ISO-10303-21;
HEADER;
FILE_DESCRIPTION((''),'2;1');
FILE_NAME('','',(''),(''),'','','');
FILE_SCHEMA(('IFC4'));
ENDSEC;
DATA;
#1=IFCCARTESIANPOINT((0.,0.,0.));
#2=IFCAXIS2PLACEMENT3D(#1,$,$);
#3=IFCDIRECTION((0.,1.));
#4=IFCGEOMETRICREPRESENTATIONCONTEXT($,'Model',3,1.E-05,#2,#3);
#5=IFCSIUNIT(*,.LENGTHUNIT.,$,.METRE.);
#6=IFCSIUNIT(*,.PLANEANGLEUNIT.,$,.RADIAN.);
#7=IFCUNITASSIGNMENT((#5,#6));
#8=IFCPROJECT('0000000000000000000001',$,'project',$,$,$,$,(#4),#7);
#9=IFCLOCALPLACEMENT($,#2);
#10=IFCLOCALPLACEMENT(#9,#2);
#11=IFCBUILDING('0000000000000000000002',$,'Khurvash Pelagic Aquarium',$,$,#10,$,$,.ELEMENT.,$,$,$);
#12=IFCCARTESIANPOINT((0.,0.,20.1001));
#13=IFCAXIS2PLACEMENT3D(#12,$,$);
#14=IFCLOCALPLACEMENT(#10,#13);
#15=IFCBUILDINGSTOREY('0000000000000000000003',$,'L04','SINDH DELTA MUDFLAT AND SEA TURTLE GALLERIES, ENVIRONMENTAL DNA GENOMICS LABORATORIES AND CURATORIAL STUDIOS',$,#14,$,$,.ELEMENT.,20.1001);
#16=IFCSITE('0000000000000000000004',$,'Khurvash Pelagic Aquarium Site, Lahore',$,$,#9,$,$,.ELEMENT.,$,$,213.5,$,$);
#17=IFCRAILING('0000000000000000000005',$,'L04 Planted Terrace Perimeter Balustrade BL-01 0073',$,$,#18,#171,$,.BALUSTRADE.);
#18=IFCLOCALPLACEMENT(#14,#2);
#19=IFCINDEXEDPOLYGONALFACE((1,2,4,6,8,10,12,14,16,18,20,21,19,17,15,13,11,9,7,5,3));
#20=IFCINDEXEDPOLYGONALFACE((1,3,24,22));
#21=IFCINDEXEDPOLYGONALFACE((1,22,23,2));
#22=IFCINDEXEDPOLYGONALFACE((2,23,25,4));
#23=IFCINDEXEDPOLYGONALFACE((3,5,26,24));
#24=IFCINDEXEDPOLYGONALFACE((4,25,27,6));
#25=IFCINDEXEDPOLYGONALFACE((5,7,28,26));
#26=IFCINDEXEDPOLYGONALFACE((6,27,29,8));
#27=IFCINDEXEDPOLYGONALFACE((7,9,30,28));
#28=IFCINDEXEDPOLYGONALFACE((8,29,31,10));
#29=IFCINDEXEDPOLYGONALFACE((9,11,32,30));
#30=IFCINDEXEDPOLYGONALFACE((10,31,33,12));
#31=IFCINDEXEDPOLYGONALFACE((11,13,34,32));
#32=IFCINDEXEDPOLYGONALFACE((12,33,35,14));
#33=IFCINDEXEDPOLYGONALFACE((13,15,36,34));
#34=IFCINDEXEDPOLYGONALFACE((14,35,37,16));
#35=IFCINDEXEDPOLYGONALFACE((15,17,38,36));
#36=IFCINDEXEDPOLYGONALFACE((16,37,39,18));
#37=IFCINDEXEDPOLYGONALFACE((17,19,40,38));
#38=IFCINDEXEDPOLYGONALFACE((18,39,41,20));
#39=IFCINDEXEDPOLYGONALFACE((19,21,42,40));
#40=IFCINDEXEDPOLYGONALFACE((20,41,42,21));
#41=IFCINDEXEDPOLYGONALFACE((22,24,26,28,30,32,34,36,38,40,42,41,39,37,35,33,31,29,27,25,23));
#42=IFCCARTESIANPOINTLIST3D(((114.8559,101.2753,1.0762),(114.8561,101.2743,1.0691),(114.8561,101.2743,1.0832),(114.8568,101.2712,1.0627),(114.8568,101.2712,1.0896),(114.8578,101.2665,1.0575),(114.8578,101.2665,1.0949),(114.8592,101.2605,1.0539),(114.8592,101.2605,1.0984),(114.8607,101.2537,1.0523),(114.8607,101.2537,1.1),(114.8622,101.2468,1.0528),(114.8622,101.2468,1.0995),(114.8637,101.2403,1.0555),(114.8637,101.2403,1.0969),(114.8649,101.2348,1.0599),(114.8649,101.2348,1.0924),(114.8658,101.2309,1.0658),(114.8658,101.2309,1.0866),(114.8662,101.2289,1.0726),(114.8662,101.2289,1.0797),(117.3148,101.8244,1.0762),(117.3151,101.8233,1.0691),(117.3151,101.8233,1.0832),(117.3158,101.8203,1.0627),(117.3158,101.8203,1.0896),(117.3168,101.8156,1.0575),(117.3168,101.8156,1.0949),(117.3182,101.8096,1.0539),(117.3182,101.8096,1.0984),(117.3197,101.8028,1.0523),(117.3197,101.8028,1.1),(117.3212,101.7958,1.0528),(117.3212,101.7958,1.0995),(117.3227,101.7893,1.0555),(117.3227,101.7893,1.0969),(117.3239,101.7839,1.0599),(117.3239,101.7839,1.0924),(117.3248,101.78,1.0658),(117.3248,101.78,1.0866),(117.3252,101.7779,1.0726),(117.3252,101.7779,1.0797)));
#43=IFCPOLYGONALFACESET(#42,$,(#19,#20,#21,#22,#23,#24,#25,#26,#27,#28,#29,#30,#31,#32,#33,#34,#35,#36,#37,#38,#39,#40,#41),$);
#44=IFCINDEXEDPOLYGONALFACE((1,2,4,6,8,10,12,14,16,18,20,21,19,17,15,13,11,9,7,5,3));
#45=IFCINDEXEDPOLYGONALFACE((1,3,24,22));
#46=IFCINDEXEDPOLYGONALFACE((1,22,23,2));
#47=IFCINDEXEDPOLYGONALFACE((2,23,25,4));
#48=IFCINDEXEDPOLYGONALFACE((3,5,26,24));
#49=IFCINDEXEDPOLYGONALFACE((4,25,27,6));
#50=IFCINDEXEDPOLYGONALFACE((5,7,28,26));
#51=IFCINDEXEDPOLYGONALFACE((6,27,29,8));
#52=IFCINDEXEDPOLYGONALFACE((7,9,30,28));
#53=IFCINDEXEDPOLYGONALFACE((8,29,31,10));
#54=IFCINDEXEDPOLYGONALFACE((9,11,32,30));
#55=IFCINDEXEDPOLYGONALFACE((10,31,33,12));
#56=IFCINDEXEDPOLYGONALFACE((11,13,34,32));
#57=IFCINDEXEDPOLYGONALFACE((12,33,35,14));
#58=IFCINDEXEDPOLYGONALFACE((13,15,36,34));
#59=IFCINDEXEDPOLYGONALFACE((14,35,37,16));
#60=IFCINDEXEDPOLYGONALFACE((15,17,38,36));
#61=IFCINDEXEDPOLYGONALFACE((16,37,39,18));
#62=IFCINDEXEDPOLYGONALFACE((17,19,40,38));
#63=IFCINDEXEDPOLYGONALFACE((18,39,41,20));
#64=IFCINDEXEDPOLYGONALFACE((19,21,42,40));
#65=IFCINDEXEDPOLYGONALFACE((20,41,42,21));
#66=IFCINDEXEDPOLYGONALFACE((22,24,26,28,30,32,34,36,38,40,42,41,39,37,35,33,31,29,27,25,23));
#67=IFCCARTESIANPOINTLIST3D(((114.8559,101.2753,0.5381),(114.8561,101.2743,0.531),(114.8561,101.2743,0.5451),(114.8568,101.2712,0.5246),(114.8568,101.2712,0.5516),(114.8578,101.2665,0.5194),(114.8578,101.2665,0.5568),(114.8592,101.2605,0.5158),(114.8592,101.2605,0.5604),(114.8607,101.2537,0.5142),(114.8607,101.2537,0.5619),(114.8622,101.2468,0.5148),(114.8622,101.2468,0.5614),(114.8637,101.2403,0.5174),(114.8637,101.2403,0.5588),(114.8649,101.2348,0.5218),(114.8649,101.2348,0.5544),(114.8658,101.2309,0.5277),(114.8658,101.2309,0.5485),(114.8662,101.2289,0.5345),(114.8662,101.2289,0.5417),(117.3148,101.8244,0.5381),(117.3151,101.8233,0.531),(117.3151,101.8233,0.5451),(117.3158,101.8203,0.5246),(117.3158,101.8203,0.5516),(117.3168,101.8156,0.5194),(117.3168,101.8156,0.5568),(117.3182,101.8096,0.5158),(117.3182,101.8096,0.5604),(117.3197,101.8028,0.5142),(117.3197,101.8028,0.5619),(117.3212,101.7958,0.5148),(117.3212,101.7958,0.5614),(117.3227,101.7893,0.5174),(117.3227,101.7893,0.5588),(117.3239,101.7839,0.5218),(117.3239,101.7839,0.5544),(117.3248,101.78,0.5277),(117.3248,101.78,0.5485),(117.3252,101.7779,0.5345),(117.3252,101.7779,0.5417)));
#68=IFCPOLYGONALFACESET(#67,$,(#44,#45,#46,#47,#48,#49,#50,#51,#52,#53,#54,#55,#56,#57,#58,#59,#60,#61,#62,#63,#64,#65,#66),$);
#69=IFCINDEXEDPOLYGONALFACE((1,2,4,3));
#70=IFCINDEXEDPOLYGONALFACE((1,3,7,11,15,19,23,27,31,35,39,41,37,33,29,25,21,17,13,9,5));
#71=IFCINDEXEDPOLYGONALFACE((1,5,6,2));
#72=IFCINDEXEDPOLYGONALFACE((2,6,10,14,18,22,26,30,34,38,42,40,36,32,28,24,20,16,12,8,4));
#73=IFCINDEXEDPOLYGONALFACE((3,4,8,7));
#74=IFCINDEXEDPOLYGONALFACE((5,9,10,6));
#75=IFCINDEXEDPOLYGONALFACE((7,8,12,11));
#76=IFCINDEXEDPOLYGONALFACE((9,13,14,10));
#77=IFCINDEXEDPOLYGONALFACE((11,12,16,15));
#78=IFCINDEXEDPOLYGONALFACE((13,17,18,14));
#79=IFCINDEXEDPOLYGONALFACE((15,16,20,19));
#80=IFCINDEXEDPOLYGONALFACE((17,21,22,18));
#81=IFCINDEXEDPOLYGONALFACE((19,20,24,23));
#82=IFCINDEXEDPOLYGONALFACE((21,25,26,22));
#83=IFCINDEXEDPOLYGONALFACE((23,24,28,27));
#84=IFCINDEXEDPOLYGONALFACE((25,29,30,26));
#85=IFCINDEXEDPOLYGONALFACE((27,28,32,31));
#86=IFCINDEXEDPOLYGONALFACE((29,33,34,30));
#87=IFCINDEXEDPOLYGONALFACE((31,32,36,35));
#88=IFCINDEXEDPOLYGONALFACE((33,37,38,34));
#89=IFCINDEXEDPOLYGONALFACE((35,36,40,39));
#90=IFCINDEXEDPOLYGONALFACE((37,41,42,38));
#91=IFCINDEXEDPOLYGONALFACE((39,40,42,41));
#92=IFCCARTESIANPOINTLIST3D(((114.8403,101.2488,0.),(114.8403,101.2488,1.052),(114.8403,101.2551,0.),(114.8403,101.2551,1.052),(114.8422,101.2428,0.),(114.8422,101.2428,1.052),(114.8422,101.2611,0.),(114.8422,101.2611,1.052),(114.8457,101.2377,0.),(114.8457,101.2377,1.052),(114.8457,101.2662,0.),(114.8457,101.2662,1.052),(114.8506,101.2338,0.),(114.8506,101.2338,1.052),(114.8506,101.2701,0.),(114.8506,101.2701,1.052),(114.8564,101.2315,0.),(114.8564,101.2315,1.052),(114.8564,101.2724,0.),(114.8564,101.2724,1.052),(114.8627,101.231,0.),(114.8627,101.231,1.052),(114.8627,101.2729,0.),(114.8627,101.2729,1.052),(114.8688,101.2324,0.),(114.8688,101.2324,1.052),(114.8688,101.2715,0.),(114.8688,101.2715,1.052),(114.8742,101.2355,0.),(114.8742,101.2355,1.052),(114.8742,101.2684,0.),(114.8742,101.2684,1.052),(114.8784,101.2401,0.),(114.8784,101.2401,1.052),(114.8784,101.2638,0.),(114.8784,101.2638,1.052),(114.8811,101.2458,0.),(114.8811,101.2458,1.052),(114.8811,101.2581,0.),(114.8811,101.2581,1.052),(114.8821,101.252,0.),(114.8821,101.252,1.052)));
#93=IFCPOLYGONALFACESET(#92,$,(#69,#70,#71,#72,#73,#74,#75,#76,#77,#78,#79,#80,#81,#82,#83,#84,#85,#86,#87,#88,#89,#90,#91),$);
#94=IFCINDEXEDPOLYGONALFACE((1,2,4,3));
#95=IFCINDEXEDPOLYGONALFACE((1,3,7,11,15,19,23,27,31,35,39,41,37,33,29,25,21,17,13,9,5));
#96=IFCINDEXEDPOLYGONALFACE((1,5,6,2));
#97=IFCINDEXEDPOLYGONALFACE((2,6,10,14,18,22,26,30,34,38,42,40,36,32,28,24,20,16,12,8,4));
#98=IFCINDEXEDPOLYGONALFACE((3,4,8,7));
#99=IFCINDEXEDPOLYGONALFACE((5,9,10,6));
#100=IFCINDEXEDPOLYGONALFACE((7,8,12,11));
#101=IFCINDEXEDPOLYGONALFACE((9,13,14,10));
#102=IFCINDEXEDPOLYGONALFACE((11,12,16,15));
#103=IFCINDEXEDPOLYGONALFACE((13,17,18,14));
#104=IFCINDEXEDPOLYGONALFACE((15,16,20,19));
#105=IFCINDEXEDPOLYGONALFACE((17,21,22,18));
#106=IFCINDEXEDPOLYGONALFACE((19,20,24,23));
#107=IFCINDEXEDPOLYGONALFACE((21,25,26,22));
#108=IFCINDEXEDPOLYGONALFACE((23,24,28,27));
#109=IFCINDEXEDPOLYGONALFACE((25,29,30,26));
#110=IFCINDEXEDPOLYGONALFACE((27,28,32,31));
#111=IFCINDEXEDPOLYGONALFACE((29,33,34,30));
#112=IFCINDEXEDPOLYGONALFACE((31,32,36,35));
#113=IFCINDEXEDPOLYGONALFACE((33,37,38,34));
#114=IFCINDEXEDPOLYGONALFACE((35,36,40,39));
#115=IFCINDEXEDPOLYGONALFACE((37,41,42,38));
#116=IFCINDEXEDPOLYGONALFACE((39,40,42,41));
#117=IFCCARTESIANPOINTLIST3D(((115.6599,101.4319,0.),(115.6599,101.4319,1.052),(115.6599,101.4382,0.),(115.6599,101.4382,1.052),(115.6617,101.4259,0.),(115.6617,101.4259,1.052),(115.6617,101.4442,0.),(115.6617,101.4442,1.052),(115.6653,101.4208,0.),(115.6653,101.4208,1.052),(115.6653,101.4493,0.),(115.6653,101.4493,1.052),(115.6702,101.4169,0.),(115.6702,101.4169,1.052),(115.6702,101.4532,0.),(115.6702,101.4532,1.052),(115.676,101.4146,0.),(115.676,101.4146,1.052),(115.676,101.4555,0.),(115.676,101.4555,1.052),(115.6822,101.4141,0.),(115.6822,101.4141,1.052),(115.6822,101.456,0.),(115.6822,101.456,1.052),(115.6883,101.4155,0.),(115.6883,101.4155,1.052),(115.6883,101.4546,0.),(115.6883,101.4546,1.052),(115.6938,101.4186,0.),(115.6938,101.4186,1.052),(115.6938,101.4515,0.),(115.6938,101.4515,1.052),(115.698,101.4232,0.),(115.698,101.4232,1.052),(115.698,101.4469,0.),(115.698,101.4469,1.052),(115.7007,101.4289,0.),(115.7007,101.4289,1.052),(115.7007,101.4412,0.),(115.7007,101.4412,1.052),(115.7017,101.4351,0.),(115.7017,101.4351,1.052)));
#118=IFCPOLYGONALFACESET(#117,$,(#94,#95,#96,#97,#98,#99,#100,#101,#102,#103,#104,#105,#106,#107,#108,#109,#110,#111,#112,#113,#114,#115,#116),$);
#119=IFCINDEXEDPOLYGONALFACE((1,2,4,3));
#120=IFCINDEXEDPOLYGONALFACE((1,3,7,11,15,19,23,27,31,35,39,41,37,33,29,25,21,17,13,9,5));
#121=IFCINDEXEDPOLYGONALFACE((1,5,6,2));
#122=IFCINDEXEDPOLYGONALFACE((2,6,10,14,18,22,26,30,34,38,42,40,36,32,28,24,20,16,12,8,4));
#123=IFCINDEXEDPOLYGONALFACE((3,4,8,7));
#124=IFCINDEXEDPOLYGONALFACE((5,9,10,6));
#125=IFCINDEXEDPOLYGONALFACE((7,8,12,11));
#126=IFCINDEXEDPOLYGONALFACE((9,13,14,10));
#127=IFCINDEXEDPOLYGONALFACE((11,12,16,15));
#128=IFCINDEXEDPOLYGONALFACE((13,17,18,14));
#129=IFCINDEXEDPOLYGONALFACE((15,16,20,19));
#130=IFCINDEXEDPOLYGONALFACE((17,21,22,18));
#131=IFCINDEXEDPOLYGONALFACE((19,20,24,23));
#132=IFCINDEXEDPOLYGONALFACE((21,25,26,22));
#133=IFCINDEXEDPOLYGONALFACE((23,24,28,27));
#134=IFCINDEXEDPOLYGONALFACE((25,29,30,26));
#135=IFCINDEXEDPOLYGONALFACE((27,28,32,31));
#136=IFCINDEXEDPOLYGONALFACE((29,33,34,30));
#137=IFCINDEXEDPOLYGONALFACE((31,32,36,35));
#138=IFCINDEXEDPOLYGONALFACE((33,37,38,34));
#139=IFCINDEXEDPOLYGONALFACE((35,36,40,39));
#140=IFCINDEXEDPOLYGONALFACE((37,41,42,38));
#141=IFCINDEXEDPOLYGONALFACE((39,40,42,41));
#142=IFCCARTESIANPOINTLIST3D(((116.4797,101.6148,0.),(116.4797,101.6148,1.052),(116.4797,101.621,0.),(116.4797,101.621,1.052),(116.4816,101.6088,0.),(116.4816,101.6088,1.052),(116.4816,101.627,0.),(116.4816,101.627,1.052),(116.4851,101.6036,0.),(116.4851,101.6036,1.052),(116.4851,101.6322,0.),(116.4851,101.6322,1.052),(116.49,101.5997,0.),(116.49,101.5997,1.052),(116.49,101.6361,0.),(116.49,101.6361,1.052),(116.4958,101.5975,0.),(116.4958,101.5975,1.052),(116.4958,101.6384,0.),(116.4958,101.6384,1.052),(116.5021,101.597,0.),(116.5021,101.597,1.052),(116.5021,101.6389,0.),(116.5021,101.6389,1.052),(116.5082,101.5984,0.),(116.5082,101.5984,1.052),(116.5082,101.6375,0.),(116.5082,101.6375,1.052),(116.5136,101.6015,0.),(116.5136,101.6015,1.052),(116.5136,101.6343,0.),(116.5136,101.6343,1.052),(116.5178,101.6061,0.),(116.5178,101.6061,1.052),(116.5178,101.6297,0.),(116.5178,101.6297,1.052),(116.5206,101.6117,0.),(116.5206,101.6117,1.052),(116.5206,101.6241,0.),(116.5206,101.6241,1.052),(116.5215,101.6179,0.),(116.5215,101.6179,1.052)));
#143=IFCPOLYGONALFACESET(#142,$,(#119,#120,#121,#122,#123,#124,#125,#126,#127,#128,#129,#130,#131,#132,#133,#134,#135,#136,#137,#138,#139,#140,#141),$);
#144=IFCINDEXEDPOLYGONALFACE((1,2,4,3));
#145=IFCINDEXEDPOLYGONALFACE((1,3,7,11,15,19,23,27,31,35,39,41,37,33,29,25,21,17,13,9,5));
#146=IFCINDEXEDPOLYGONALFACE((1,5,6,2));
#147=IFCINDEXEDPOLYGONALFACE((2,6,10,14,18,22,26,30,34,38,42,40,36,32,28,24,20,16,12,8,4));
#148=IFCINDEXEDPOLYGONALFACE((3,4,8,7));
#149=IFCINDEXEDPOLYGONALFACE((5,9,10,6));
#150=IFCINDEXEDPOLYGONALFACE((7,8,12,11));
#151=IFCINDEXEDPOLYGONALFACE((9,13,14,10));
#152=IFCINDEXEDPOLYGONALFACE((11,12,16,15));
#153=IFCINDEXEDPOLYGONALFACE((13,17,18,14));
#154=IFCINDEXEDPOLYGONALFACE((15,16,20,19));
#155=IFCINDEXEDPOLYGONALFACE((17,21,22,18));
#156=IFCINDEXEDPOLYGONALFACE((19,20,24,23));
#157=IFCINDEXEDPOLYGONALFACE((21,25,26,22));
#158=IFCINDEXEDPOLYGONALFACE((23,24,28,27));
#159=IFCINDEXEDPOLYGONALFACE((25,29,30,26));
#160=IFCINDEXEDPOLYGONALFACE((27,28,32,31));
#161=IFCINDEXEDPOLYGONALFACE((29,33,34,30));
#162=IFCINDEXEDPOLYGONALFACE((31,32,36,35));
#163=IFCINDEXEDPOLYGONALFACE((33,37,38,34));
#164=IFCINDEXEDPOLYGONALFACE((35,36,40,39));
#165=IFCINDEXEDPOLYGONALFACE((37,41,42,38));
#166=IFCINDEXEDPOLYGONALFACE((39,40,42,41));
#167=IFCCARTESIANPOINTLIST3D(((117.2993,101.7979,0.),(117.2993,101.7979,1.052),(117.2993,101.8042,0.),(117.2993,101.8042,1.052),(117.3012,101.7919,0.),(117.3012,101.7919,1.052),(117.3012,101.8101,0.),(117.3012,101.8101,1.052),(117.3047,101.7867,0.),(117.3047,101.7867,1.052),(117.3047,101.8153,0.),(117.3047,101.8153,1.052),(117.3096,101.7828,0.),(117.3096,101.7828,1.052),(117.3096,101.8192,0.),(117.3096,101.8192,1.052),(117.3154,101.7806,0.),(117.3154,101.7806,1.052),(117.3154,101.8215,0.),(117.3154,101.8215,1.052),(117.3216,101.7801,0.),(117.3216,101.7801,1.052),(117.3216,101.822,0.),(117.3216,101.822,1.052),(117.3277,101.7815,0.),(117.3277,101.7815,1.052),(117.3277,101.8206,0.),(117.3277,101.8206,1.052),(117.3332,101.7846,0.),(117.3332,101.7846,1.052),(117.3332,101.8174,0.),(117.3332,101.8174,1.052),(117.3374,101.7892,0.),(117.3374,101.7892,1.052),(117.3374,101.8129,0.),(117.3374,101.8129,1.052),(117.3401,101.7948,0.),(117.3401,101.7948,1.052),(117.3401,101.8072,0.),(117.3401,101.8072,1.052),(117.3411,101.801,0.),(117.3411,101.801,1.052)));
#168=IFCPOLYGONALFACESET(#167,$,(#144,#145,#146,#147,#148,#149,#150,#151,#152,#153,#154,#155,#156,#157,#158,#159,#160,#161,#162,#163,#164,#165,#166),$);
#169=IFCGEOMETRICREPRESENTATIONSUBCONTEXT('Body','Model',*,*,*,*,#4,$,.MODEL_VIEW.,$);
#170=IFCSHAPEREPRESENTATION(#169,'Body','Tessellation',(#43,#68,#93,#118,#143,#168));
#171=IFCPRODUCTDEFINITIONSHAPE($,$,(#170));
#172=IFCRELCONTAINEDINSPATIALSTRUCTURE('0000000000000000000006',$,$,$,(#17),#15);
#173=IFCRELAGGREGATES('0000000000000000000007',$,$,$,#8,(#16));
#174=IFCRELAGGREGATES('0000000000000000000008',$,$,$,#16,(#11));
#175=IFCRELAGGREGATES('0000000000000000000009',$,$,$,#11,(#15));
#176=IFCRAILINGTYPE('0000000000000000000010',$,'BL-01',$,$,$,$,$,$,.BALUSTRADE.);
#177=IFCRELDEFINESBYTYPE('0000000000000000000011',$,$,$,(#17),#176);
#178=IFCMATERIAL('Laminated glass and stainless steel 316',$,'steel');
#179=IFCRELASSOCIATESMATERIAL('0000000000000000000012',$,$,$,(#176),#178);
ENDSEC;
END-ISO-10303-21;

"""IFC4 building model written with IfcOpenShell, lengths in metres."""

from ifc_helpers import new_model, si_unit, direction, frame, origin, origin_2d, place, context, subcontext, project, spatial, circle, extrude, material, type_object, element, save


model = new_model("IFC4")

# Units and contexts
model_context = context("Model", 3, precision=1e-05, world=origin(), true_north=direction((0.0, 1.0)))
body_context = subcontext(model_context, "Body", "Model", "MODEL_VIEW")
ifc_project = project(units=[si_unit("LENGTHUNIT", "METRE"), si_unit("PLANEANGLEUNIT", "RADIAN")], contexts=[model_context])

# Site, building, storey
site_placement = place(None, origin())
site = spatial("IfcSite", under=ifc_project, at=site_placement, Name="Khurvash Pelagic Aquarium Site, Lahore", CompositionType="ELEMENT", RefElevation=213.5)
building_placement = place(site_placement, origin())
building = spatial("IfcBuilding", under=site, at=building_placement, Name="Khurvash Pelagic Aquarium", CompositionType="ELEMENT")
storey_placement = place(building_placement, frame((0.0, 0.0, 20.1001)))
storey = spatial("IfcBuildingStorey", under=building, at=storey_placement, Name="L04", Description="SINDH DELTA MUDFLAT AND SEA TURTLE GALLERIES, ENVIRONMENTAL DNA GENOMICS LABORATORIES AND CURATORIAL STUDIOS", CompositionType="ELEMENT", Elevation=20.1001)

# Railing
ifc_material_1 = material(Name="Laminated glass and stainless steel 316", Category="steel")
railing_type = type_object("IfcRailingType", Name="BL-01", PredefinedType="BALUSTRADE", material=ifc_material_1)
railing_1_placement = place(storey_placement, frame((114.8611, 101.252, 0.0)))
element("IfcRailing", 1, at=railing_1_placement, inside=storey, type_object=railing_type, Name="L04 Planted Terrace Perimeter Balustrade BL-01 0073", PredefinedType="BALUSTRADE", context=body_context, shape_type="SweptSolid", body=[
    extrude(circle(Radius=0.0239, at=origin_2d()), frame((0.0, 0.0, 1.0762), z_axis=(0.975965, 0.217926, 0.0), x_axis=(-0.217926, 0.975965, 0.0)), (0.0, 0.0, 1.0), 2.5195),
    extrude(circle(Radius=0.0239, at=origin_2d()), frame((0.0, 0.0, 0.5381), z_axis=(0.975965, 0.217926, 0.0), x_axis=(-0.217926, 0.975965, 0.0)), (0.0, 0.0, 1.0), 2.5195),
    extrude(circle(Radius=0.021, at=origin_2d()), origin(), (0.0, 0.0, 1.0), 1.052),
    extrude(circle(Radius=0.021, at=origin_2d()), frame((0.8196, 0.1831, 0.0)), (0.0, 0.0, 1.0), 1.052),
    extrude(circle(Radius=0.021, at=origin_2d()), frame((1.6394, 0.366, 0.0)), (0.0, 0.0, 1.0), 1.052),
    extrude(circle(Radius=0.021, at=origin_2d()), frame((2.459, 0.5491, 0.0)), (0.0, 0.0, 1.0), 1.052),
])

save(model, "model.ifc")
